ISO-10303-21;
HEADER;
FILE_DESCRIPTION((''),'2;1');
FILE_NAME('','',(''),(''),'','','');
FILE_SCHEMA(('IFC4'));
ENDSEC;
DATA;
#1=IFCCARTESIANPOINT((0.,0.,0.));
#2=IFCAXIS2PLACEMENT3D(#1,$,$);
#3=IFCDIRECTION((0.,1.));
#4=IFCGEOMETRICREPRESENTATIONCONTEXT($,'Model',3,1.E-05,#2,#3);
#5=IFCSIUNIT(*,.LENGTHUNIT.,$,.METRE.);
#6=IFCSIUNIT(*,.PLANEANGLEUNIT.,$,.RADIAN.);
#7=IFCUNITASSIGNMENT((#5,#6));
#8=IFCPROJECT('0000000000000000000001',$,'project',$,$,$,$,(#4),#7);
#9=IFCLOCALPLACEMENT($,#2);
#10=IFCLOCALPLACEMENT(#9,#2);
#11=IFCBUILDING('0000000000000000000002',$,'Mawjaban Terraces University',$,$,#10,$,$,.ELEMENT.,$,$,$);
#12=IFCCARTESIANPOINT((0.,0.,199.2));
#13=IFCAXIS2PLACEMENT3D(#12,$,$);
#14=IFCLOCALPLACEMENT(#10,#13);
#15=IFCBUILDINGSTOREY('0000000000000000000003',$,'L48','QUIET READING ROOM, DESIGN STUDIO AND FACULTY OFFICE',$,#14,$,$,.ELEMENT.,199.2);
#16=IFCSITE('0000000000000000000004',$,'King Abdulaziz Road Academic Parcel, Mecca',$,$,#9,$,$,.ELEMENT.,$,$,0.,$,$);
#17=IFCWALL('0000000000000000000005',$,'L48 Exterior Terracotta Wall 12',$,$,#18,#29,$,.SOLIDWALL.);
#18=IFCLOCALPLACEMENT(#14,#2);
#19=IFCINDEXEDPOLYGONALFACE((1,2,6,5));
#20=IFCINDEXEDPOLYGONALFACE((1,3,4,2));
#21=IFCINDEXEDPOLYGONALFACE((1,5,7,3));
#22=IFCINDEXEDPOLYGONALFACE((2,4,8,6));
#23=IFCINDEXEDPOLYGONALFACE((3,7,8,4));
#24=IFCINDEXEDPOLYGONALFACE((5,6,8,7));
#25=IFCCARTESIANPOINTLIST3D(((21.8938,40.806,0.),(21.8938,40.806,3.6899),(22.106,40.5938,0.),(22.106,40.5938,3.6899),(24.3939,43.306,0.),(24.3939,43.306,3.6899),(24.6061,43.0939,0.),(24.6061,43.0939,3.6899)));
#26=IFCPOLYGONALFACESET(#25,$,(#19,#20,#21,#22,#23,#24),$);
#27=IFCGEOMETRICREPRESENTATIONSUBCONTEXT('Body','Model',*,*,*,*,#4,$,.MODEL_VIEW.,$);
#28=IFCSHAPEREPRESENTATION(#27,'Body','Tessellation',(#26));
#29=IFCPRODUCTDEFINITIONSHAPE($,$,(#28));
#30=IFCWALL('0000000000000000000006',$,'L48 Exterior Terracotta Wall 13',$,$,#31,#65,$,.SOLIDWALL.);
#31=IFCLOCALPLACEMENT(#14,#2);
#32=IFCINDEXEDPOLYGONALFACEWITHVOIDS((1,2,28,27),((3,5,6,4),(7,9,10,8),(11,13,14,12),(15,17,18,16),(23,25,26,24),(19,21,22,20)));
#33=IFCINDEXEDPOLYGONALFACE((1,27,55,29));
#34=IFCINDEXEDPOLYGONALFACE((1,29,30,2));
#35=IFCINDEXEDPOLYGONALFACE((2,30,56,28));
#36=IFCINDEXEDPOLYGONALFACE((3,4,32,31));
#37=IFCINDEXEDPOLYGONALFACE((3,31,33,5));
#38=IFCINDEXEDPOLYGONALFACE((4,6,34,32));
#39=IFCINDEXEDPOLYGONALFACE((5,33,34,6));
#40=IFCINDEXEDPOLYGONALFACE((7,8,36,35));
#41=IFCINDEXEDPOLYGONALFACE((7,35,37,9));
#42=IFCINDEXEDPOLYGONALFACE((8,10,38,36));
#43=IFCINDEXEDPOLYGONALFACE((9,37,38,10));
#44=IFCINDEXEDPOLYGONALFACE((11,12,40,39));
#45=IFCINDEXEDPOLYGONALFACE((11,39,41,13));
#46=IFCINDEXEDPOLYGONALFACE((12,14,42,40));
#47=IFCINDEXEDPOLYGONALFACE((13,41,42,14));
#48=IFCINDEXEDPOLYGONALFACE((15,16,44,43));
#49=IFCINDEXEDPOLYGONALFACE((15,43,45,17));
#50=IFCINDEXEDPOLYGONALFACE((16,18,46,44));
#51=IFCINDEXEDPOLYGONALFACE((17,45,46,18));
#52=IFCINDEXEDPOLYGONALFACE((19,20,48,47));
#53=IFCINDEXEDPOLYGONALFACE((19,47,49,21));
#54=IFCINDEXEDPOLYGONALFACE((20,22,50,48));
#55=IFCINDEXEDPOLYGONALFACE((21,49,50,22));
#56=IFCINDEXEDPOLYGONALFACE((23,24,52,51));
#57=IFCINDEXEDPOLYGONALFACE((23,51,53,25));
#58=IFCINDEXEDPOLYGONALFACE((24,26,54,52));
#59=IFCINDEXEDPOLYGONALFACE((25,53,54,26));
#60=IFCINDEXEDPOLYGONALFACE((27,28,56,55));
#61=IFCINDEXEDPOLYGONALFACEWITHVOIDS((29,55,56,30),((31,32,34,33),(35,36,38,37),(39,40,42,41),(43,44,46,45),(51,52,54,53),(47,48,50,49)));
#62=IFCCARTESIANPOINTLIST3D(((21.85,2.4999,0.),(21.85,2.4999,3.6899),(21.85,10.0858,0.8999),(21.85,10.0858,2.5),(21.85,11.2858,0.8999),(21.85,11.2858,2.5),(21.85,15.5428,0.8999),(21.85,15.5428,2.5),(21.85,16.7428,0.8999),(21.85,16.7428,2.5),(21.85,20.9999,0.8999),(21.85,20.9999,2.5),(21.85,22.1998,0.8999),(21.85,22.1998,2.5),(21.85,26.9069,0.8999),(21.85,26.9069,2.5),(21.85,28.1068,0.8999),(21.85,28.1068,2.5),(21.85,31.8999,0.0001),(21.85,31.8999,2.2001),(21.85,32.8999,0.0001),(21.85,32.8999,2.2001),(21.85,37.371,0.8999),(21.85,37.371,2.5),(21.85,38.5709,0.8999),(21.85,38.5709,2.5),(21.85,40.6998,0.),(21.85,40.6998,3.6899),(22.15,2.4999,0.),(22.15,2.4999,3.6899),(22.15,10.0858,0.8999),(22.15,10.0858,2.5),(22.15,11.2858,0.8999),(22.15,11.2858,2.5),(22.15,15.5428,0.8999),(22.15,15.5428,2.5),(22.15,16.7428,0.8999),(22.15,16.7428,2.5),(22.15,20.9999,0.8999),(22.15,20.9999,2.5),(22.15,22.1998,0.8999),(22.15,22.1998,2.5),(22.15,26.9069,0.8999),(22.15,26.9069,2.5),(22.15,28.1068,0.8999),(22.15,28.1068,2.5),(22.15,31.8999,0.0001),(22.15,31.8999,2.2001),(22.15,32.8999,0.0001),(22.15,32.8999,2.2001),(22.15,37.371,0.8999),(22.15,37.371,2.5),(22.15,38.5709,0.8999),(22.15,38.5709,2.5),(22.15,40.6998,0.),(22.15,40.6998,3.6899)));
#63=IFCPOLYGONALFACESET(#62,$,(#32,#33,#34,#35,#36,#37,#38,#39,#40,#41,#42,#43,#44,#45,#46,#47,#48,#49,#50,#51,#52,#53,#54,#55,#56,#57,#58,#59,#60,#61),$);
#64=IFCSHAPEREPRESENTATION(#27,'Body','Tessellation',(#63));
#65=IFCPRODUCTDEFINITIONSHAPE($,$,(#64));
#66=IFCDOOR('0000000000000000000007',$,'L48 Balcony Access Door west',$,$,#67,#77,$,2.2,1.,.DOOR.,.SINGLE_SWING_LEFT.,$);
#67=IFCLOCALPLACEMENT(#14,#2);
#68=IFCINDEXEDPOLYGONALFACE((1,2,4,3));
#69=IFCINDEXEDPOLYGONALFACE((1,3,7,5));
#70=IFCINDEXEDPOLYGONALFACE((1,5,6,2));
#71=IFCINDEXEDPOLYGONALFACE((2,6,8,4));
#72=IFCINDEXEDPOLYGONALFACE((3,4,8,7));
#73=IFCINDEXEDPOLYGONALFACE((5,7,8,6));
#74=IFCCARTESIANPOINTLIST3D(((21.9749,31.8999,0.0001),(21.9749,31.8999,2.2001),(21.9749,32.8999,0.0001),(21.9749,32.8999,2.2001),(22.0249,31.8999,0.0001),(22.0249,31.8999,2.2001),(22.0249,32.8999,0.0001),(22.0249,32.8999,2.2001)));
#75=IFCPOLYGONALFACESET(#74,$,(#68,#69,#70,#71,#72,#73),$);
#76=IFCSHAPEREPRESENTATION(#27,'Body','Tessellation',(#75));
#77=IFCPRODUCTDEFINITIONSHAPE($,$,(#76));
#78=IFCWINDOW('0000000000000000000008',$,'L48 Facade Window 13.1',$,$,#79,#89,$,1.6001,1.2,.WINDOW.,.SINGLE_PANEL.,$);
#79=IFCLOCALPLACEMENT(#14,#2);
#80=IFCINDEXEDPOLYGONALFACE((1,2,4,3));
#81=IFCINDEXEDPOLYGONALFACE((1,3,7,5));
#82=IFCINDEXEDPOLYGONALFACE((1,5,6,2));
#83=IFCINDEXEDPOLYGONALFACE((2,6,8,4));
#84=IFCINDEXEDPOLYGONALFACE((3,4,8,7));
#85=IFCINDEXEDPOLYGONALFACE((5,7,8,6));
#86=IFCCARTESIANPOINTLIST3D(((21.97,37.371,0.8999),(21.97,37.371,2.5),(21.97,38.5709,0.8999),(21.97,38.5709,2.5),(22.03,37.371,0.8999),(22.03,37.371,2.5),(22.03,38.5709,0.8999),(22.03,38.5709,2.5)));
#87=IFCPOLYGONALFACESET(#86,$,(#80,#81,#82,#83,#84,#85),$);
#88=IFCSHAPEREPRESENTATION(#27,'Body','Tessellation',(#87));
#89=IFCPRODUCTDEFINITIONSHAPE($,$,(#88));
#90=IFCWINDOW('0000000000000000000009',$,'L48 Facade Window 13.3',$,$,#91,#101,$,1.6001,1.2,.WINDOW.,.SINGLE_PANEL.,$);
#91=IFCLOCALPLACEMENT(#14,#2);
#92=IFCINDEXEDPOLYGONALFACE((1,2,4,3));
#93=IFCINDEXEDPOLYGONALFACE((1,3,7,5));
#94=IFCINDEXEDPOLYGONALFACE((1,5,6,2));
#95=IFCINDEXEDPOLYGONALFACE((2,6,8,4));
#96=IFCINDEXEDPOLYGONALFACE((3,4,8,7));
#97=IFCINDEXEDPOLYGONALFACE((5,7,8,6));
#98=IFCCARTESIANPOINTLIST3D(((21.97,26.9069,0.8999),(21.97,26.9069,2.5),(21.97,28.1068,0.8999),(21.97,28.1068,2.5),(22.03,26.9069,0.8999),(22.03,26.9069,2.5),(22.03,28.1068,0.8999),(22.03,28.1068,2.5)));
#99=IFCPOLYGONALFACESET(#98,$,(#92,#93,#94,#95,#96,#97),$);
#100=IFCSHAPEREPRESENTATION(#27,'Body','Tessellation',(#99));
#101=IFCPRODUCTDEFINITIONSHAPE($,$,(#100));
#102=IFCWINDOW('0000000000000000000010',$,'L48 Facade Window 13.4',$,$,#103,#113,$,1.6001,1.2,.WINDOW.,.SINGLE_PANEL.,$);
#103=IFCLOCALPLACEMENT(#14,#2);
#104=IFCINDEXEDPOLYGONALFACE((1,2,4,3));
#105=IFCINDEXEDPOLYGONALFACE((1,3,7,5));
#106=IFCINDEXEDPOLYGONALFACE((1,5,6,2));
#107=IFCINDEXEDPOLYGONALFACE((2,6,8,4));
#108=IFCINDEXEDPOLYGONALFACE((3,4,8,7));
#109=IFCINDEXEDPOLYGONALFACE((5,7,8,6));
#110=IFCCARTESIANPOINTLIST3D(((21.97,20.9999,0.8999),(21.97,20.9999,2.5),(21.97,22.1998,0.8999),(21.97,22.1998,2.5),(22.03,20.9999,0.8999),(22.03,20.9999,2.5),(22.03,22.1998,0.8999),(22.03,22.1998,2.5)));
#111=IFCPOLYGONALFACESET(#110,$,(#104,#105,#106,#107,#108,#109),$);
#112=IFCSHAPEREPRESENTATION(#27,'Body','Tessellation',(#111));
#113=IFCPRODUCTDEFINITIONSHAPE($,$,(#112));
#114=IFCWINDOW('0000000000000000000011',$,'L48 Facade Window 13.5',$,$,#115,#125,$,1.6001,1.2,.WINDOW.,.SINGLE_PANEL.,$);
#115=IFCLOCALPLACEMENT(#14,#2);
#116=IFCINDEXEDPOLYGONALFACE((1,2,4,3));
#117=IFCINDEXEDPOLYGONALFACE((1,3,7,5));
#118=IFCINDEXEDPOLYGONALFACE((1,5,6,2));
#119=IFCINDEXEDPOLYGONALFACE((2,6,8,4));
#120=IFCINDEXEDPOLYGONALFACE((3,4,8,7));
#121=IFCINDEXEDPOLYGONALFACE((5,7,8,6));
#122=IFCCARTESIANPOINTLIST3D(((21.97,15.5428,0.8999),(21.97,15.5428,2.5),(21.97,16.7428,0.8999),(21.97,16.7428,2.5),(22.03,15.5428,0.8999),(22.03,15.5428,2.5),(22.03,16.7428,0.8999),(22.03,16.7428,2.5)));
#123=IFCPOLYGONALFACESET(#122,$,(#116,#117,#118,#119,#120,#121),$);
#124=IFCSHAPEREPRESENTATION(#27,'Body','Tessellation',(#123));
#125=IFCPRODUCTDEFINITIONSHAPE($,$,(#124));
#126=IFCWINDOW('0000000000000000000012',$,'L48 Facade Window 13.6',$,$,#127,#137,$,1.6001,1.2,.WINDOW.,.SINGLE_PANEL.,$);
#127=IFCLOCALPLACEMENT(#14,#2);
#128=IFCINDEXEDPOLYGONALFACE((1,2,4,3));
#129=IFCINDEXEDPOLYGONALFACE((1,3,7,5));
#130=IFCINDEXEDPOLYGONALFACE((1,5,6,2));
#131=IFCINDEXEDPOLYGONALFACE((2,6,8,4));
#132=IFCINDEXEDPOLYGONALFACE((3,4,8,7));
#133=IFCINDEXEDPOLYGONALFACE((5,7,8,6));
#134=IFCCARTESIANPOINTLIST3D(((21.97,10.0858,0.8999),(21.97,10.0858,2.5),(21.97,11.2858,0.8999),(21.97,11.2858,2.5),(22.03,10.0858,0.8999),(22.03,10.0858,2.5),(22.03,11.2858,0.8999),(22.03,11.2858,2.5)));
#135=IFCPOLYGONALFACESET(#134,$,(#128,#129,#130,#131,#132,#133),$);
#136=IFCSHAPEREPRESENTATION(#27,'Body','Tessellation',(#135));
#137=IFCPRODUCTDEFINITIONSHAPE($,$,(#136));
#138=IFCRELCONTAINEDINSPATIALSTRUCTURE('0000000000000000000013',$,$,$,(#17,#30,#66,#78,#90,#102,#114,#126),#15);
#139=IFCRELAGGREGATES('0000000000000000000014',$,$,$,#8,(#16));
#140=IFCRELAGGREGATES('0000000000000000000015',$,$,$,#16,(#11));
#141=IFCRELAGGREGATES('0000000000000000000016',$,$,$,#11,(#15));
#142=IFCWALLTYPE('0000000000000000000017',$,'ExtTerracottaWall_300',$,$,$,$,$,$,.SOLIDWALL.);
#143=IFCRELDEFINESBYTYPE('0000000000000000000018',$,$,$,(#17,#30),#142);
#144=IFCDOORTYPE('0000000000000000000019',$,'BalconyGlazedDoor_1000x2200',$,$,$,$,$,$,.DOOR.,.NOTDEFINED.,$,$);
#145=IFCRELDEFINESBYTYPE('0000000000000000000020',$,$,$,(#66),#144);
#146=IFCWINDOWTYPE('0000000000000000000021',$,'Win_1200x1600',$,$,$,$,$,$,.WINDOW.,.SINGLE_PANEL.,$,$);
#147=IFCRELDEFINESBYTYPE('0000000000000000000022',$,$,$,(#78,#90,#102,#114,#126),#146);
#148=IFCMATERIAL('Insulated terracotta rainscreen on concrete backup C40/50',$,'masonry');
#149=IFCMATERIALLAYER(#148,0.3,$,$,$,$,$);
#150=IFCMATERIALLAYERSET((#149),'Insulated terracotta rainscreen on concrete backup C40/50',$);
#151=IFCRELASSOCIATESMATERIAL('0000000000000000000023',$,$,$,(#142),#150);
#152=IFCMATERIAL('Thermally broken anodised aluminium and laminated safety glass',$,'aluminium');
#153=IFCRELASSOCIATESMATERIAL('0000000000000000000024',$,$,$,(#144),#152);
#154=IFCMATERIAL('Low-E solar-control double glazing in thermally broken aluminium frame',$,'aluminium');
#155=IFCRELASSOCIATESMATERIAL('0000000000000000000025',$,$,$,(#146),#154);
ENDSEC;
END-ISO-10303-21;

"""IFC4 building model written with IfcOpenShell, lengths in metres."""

from ifc_helpers import new_model, si_unit, direction, frame, frame_2d, origin, place, context, subcontext, project, spatial, rectangle, extrude, material, layer, layer_set, type_object, element, fill, save


model = new_model("IFC4")

# Units and contexts
model_context = context("Model", 3, precision=1e-05, world=origin(), true_north=direction((0.0, 1.0)))
body_context = subcontext(model_context, "Body", "Model", "MODEL_VIEW")
ifc_project = project(units=[si_unit("LENGTHUNIT", "METRE"), si_unit("PLANEANGLEUNIT", "RADIAN")], contexts=[model_context])

# Site, building, storey
site_placement = place(None, origin())
site = spatial("IfcSite", under=ifc_project, at=site_placement, Name="King Abdulaziz Road Academic Parcel, Mecca", CompositionType="ELEMENT", RefElevation=0.0)
building_placement = place(site_placement, origin())
building = spatial("IfcBuilding", under=site, at=building_placement, Name="Mawjaban Terraces University", CompositionType="ELEMENT")
storey_placement = place(building_placement, frame((0.0, 0.0, 199.2)))
storey = spatial("IfcBuildingStorey", under=building, at=storey_placement, Name="L48", Description="QUIET READING ROOM, DESIGN STUDIO AND FACULTY OFFICE", CompositionType="ELEMENT", Elevation=199.2)

# Wall
ifc_material_1 = material(Name="Insulated terracotta rainscreen on concrete backup C40/50", Category="masonry")
ifc_layer_1 = layer(ifc_material_1, 0.3)
ifc_layer_set_1 = layer_set([ifc_layer_1], Name="Insulated terracotta rainscreen on concrete backup C40/50")
wall_type_1 = type_object("IfcWallType", Name="ExtTerracottaWall_300", PredefinedType="SOLIDWALL", material=ifc_layer_set_1)
wall_1_placement = place(storey_placement, frame((24.5, 43.2, 0.0), z_axis=(0.0, 0.0, 1.0), x_axis=(-0.707107, -0.707107, 0.0)))
element("IfcWall", 1, at=wall_1_placement, inside=storey, type_object=wall_type_1, Name="L48 Exterior Terracotta Wall 12", PredefinedType="SOLIDWALL", context=body_context, shape_type="SweptSolid", body=[
    extrude(rectangle(XDim=3.5356, YDim=0.3, at=frame_2d((1.7678, 0.0))), origin(), (0.0, 0.0, 1.0), 3.6899),
])

# Wall, openings, door, windows
wall_2_placement = place(storey_placement, frame((22.0, 40.7, 0.0), z_axis=(0.0, 0.0, 1.0), x_axis=(0.0, -1.0, 0.0)))
wall_2 = element("IfcWall", 2, at=wall_2_placement, inside=storey, type_object=wall_type_1, Name="L48 Exterior Terracotta Wall 13", PredefinedType="SOLIDWALL", context=body_context, shape_type="SweptSolid", body=[
    extrude(rectangle(XDim=38.2, YDim=0.3, at=frame_2d((19.1001, 0.0))), origin(), (0.0, 0.0, 1.0), 3.6899),
])
opening_1_placement = place(wall_2_placement, frame((7.8, 0.0, 0.0)))
opening_1 = element("IfcOpeningElement", 3, at=opening_1_placement, cuts=wall_2, PredefinedType="OPENING", context=body_context, shape_type="SweptSolid", body=[
    extrude(rectangle(XDim=1.0, YDim=2.2, at=frame_2d((0.5, 1.1001))), frame((0.0, 0.1599, 0.0), z_axis=(0.0, -1.0, 0.0), x_axis=(1.0, 0.0, 0.0)), (0.0, 0.0, 1.0), 0.3201),
])
opening_2_placement = place(wall_2_placement, frame((2.1289, 0.0, 0.8999)))
opening_2 = element("IfcOpeningElement", 4, at=opening_2_placement, cuts=wall_2, PredefinedType="OPENING", context=body_context, shape_type="SweptSolid", body=[
    extrude(rectangle(XDim=1.2, YDim=1.6001, at=frame_2d((0.6001, 0.8))), frame((0.0, 0.1599, 0.0), z_axis=(0.0, -1.0, 0.0), x_axis=(1.0, 0.0, 0.0)), (0.0, 0.0, 1.0), 0.3201),
])
opening_3_placement = place(wall_2_placement, frame((12.593, 0.0, 0.8999)))
opening_3 = element("IfcOpeningElement", 5, at=opening_3_placement, cuts=wall_2, PredefinedType="OPENING", context=body_context, shape_type="SweptSolid", body=[
    extrude(rectangle(XDim=1.2, YDim=1.6001, at=frame_2d((0.6001, 0.8))), frame((0.0, 0.1599, 0.0), z_axis=(0.0, -1.0, 0.0), x_axis=(1.0, 0.0, 0.0)), (0.0, 0.0, 1.0), 0.3201),
])
opening_4_placement = place(wall_2_placement, frame((18.5, 0.0, 0.8999)))
opening_4 = element("IfcOpeningElement", 6, at=opening_4_placement, cuts=wall_2, PredefinedType="OPENING", context=body_context, shape_type="SweptSolid", body=[
    extrude(rectangle(XDim=1.2, YDim=1.6001, at=frame_2d((0.6001, 0.8))), frame((0.0, 0.1599, 0.0), z_axis=(0.0, -1.0, 0.0), x_axis=(1.0, 0.0, 0.0)), (0.0, 0.0, 1.0), 0.3201),
])
opening_5_placement = place(wall_2_placement, frame((23.957, 0.0, 0.8999)))
opening_5 = element("IfcOpeningElement", 7, at=opening_5_placement, cuts=wall_2, PredefinedType="OPENING", context=body_context, shape_type="SweptSolid", body=[
    extrude(rectangle(XDim=1.2, YDim=1.6001, at=frame_2d((0.6001, 0.8))), frame((0.0, 0.1599, 0.0), z_axis=(0.0, -1.0, 0.0), x_axis=(1.0, 0.0, 0.0)), (0.0, 0.0, 1.0), 0.3201),
])
opening_6_placement = place(wall_2_placement, frame((29.4141, 0.0, 0.8999)))
opening_6 = element("IfcOpeningElement", 8, at=opening_6_placement, cuts=wall_2, PredefinedType="OPENING", context=body_context, shape_type="SweptSolid", body=[
    extrude(rectangle(XDim=1.2, YDim=1.6001, at=frame_2d((0.6001, 0.8))), frame((0.0, 0.1599, 0.0), z_axis=(0.0, -1.0, 0.0), x_axis=(1.0, 0.0, 0.0)), (0.0, 0.0, 1.0), 0.3201),
])
ifc_material_2 = material(Name="Thermally broken anodised aluminium and laminated safety glass", Category="aluminium")
door_type_1 = type_object("IfcDoorType", Name="BalconyGlazedDoor_1000x2200", OperationType="NOTDEFINED", PredefinedType="DOOR", material=ifc_material_2)
door_1_placement = place(opening_1_placement, origin())
door_1 = element("IfcDoor", 9, at=door_1_placement, inside=storey, type_object=door_type_1, Name="L48 Balcony Access Door west", OperationType="SINGLE_SWING_LEFT", OverallHeight=2.2, OverallWidth=1.0, PredefinedType="DOOR", context=body_context, shape_type="SweptSolid", body=[
    extrude(rectangle(XDim=1.0, YDim=2.2, at=frame_2d((0.5, 1.1001))), frame((0.0, 0.0249, 0.0), z_axis=(0.0, -1.0, 0.0), x_axis=(1.0, 0.0, 0.0)), (0.0, 0.0, 1.0), 0.05),
])
fill(opening_1, door_1)
ifc_material_3 = material(Name="Low-E solar-control double glazing in thermally broken aluminium frame", Category="aluminium")
window_type = type_object("IfcWindowType", Name="Win_1200x1600", PartitioningType="SINGLE_PANEL", PredefinedType="WINDOW", material=ifc_material_3)
window_1_placement = place(opening_2_placement, origin())
window_1 = element("IfcWindow", 10, at=window_1_placement, inside=storey, type_object=window_type, Name="L48 Facade Window 13.1", OverallHeight=1.6001, OverallWidth=1.2, PartitioningType="SINGLE_PANEL", PredefinedType="WINDOW", context=body_context, shape_type="SweptSolid", body=[
    extrude(rectangle(XDim=1.2, YDim=1.6001, at=frame_2d((0.6001, 0.8))), frame((0.0, 0.03, 0.0), z_axis=(0.0, -1.0, 0.0), x_axis=(1.0, 0.0, 0.0)), (0.0, 0.0, 1.0), 0.0601),
])
fill(opening_2, window_1)
window_2_placement = place(opening_3_placement, origin())
window_2 = element("IfcWindow", 11, at=window_2_placement, inside=storey, type_object=window_type, Name="L48 Facade Window 13.3", OverallHeight=1.6001, OverallWidth=1.2, PartitioningType="SINGLE_PANEL", PredefinedType="WINDOW", context=body_context, shape_type="SweptSolid", body=[
    extrude(rectangle(XDim=1.2, YDim=1.6001, at=frame_2d((0.6001, 0.8))), frame((0.0, 0.03, 0.0), z_axis=(0.0, -1.0, 0.0), x_axis=(1.0, 0.0, 0.0)), (0.0, 0.0, 1.0), 0.0601),
])
fill(opening_3, window_2)
window_3_placement = place(opening_4_placement, origin())
window_3 = element("IfcWindow", 12, at=window_3_placement, inside=storey, type_object=window_type, Name="L48 Facade Window 13.4", OverallHeight=1.6001, OverallWidth=1.2, PartitioningType="SINGLE_PANEL", PredefinedType="WINDOW", context=body_context, shape_type="SweptSolid", body=[
    extrude(rectangle(XDim=1.2, YDim=1.6001, at=frame_2d((0.6001, 0.8))), frame((0.0, 0.03, 0.0), z_axis=(0.0, -1.0, 0.0), x_axis=(1.0, 0.0, 0.0)), (0.0, 0.0, 1.0), 0.0601),
])
fill(opening_4, window_3)
window_4_placement = place(opening_5_placement, origin())
window_4 = element("IfcWindow", 13, at=window_4_placement, inside=storey, type_object=window_type, Name="L48 Facade Window 13.5", OverallHeight=1.6001, OverallWidth=1.2, PartitioningType="SINGLE_PANEL", PredefinedType="WINDOW", context=body_context, shape_type="SweptSolid", body=[
    extrude(rectangle(XDim=1.2, YDim=1.6001, at=frame_2d((0.6001, 0.8))), frame((0.0, 0.03, 0.0), z_axis=(0.0, -1.0, 0.0), x_axis=(1.0, 0.0, 0.0)), (0.0, 0.0, 1.0), 0.0601),
])
fill(opening_5, window_4)
window_5_placement = place(opening_6_placement, origin())
window_5 = element("IfcWindow", 14, at=window_5_placement, inside=storey, type_object=window_type, Name="L48 Facade Window 13.6", OverallHeight=1.6001, OverallWidth=1.2, PartitioningType="SINGLE_PANEL", PredefinedType="WINDOW", context=body_context, shape_type="SweptSolid", body=[
    extrude(rectangle(XDim=1.2, YDim=1.6001, at=frame_2d((0.6001, 0.8))), frame((0.0, 0.03, 0.0), z_axis=(0.0, -1.0, 0.0), x_axis=(1.0, 0.0, 0.0)), (0.0, 0.0, 1.0), 0.0601),
])
fill(opening_6, window_5)

save(model, "model.ifc")
